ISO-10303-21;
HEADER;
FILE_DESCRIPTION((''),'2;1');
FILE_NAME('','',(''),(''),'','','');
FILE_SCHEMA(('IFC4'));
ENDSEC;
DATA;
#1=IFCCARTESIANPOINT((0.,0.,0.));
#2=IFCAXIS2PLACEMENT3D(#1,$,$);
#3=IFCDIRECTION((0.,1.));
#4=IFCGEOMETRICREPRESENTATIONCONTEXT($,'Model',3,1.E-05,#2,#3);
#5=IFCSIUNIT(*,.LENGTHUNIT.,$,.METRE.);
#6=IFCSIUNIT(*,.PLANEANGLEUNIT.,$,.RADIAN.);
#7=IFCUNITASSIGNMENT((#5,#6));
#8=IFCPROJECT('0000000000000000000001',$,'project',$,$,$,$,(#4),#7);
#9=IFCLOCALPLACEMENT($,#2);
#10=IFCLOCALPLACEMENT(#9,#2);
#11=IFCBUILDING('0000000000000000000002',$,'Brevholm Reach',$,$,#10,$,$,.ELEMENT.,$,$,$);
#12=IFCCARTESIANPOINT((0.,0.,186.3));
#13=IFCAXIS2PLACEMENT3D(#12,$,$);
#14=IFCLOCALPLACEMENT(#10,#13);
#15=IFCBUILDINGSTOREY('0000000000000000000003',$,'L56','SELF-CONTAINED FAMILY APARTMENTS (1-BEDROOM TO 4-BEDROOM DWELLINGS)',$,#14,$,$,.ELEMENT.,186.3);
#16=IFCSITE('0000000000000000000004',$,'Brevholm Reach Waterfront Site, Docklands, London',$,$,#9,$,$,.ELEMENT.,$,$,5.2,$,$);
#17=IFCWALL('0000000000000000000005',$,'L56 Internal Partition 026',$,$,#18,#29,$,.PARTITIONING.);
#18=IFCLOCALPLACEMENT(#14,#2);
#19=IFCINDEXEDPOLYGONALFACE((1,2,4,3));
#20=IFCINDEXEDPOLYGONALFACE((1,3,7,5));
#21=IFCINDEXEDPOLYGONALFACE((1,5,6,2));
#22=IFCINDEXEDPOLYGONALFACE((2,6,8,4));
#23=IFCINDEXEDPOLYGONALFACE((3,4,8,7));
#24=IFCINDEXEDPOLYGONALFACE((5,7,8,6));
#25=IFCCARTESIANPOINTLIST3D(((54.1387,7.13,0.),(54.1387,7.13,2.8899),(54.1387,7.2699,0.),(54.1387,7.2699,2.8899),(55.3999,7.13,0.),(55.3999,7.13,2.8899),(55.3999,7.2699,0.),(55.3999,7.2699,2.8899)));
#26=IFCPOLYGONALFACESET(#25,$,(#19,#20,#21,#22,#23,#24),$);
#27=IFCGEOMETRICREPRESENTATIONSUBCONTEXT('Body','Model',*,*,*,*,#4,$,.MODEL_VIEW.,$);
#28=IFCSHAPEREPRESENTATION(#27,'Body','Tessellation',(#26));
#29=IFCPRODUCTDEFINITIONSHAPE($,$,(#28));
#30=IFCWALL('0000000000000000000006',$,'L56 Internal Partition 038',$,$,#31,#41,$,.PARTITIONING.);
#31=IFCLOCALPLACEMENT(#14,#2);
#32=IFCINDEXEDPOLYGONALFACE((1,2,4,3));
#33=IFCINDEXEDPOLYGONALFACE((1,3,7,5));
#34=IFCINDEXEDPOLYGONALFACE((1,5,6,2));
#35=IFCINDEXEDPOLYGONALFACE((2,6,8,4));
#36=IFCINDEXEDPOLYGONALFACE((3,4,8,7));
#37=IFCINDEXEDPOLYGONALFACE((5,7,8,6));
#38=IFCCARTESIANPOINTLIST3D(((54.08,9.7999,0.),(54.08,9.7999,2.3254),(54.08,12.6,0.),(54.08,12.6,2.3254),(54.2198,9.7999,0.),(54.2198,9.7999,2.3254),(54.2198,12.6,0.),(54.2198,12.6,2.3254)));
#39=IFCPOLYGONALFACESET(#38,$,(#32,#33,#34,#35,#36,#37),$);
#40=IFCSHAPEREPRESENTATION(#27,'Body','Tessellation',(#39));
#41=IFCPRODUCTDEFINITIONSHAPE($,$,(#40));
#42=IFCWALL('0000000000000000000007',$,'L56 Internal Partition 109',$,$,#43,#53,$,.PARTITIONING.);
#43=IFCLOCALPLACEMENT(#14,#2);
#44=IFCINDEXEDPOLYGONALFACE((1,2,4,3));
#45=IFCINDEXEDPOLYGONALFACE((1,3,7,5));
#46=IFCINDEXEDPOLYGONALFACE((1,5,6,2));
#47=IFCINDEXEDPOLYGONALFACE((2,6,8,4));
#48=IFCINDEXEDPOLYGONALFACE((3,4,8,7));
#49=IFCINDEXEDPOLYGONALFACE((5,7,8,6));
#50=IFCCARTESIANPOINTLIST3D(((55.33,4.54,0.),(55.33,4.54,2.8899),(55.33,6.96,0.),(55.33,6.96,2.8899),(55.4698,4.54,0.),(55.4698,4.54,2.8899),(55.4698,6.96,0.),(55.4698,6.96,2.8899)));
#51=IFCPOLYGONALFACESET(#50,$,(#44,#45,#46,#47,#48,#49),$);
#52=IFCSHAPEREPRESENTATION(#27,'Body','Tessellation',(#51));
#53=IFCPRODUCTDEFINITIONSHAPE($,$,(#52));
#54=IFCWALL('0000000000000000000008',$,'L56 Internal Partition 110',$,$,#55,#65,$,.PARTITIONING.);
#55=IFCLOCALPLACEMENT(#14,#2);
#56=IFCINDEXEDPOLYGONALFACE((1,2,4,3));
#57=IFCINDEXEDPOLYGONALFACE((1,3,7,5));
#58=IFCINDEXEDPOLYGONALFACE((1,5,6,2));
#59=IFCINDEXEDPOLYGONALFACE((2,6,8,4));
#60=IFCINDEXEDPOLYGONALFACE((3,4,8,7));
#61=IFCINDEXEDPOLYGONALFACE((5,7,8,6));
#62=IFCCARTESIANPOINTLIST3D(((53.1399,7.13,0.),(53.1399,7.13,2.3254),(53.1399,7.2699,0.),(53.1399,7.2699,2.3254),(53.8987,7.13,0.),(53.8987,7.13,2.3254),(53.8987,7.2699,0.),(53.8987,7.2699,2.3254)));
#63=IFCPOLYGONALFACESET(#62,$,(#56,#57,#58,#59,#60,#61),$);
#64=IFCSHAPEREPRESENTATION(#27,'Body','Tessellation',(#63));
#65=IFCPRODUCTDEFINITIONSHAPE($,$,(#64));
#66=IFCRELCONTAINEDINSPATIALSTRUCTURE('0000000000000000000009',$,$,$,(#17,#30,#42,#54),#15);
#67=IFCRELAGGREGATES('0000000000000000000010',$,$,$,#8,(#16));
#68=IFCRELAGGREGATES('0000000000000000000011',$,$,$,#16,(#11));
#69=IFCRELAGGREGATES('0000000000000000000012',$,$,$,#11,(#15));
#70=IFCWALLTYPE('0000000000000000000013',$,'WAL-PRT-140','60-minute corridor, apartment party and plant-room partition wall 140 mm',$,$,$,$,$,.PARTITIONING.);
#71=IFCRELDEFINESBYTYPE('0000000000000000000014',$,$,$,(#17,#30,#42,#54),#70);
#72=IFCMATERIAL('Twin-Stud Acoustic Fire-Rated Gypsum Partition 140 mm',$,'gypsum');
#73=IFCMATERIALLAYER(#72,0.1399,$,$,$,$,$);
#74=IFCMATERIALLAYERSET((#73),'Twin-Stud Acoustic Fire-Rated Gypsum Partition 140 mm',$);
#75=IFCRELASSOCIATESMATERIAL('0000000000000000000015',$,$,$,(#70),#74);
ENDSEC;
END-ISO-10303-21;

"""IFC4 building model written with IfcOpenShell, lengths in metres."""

from ifc_helpers import new_model, si_unit, direction, frame, frame_2d, origin, place, context, subcontext, project, spatial, rectangle, extrude, material, layer, layer_set, type_object, element, save


model = new_model("IFC4")

# Units and contexts
model_context = context("Model", 3, precision=1e-05, world=origin(), true_north=direction((0.0, 1.0)))
body_context = subcontext(model_context, "Body", "Model", "MODEL_VIEW")
ifc_project = project(units=[si_unit("LENGTHUNIT", "METRE"), si_unit("PLANEANGLEUNIT", "RADIAN")], contexts=[model_context])

# Site, building, storey
site_placement = place(None, origin())
site = spatial("IfcSite", under=ifc_project, at=site_placement, Name="Brevholm Reach Waterfront Site, Docklands, London", CompositionType="ELEMENT", RefElevation=5.2)
building_placement = place(site_placement, origin())
building = spatial("IfcBuilding", under=site, at=building_placement, Name="Brevholm Reach", CompositionType="ELEMENT")
storey_placement = place(building_placement, frame((0.0, 0.0, 186.3)))
storey = spatial("IfcBuildingStorey", under=building, at=storey_placement, Name="L56", Description="SELF-CONTAINED FAMILY APARTMENTS (1-BEDROOM TO 4-BEDROOM DWELLINGS)", CompositionType="ELEMENT", Elevation=186.3)

# Shared definitions
ifc_material_1 = material(Name="Twin-Stud Acoustic Fire-Rated Gypsum Partition 140 mm", Category="gypsum")
ifc_layer_1 = layer(ifc_material_1, 0.1399)
ifc_layer_set_1 = layer_set([ifc_layer_1], Name="Twin-Stud Acoustic Fire-Rated Gypsum Partition 140 mm")
wall_type_1 = type_object("IfcWallType", Name="WAL-PRT-140", Description="60-minute corridor, apartment party and plant-room partition wall 140 mm", PredefinedType="PARTITIONING", material=ifc_layer_set_1)

# Walls
wall_1_placement = place(storey_placement, frame((54.1387, 7.2, 0.0), z_axis=(0.0, 0.0, 1.0), x_axis=(1.0, 0.0, 0.0)))
element("IfcWall", 1, at=wall_1_placement, inside=storey, type_object=wall_type_1, Name="L56 Internal Partition 026", PredefinedType="PARTITIONING", context=body_context, shape_type="SweptSolid", body=[
    extrude(rectangle(XDim=1.2612, YDim=0.1399, at=frame_2d((0.6306, 0.0))), origin(), (0.0, 0.0, 1.0), 2.8899),
])
wall_2_placement = place(storey_placement, frame((54.1499, 9.8, 0.0), z_axis=(0.0, 0.0, 1.0), x_axis=(0.0, 1.0, 0.0)))
element("IfcWall", 2, at=wall_2_placement, inside=storey, type_object=wall_type_1, Name="L56 Internal Partition 038", PredefinedType="PARTITIONING", context=body_context, shape_type="SweptSolid", body=[
    extrude(rectangle(XDim=2.8, YDim=0.1399, at=frame_2d((1.3999, 0.0))), origin(), (0.0, 0.0, 1.0), 2.3254),
])
wall_3_placement = place(storey_placement, frame((55.3999, 4.54, 0.0), z_axis=(0.0, 0.0, 1.0), x_axis=(0.0, 1.0, 0.0)))
element("IfcWall", 3, at=wall_3_placement, inside=storey, type_object=wall_type_1, Name="L56 Internal Partition 109", PredefinedType="PARTITIONING", context=body_context, shape_type="SweptSolid", body=[
    extrude(rectangle(XDim=2.4199, YDim=0.1399, at=frame_2d((1.21, 0.0))), origin(), (0.0, 0.0, 1.0), 2.8899),
])
wall_4_placement = place(storey_placement, frame((53.1399, 7.2, 0.0), z_axis=(0.0, 0.0, 1.0), x_axis=(1.0, 0.0, 0.0)))
element("IfcWall", 4, at=wall_4_placement, inside=storey, type_object=wall_type_1, Name="L56 Internal Partition 110", PredefinedType="PARTITIONING", context=body_context, shape_type="SweptSolid", body=[
    extrude(rectangle(XDim=0.7588, YDim=0.1399, at=frame_2d((0.3794, 0.0))), origin(), (0.0, 0.0, 1.0), 2.3254),
])

save(model, "model.ifc")
